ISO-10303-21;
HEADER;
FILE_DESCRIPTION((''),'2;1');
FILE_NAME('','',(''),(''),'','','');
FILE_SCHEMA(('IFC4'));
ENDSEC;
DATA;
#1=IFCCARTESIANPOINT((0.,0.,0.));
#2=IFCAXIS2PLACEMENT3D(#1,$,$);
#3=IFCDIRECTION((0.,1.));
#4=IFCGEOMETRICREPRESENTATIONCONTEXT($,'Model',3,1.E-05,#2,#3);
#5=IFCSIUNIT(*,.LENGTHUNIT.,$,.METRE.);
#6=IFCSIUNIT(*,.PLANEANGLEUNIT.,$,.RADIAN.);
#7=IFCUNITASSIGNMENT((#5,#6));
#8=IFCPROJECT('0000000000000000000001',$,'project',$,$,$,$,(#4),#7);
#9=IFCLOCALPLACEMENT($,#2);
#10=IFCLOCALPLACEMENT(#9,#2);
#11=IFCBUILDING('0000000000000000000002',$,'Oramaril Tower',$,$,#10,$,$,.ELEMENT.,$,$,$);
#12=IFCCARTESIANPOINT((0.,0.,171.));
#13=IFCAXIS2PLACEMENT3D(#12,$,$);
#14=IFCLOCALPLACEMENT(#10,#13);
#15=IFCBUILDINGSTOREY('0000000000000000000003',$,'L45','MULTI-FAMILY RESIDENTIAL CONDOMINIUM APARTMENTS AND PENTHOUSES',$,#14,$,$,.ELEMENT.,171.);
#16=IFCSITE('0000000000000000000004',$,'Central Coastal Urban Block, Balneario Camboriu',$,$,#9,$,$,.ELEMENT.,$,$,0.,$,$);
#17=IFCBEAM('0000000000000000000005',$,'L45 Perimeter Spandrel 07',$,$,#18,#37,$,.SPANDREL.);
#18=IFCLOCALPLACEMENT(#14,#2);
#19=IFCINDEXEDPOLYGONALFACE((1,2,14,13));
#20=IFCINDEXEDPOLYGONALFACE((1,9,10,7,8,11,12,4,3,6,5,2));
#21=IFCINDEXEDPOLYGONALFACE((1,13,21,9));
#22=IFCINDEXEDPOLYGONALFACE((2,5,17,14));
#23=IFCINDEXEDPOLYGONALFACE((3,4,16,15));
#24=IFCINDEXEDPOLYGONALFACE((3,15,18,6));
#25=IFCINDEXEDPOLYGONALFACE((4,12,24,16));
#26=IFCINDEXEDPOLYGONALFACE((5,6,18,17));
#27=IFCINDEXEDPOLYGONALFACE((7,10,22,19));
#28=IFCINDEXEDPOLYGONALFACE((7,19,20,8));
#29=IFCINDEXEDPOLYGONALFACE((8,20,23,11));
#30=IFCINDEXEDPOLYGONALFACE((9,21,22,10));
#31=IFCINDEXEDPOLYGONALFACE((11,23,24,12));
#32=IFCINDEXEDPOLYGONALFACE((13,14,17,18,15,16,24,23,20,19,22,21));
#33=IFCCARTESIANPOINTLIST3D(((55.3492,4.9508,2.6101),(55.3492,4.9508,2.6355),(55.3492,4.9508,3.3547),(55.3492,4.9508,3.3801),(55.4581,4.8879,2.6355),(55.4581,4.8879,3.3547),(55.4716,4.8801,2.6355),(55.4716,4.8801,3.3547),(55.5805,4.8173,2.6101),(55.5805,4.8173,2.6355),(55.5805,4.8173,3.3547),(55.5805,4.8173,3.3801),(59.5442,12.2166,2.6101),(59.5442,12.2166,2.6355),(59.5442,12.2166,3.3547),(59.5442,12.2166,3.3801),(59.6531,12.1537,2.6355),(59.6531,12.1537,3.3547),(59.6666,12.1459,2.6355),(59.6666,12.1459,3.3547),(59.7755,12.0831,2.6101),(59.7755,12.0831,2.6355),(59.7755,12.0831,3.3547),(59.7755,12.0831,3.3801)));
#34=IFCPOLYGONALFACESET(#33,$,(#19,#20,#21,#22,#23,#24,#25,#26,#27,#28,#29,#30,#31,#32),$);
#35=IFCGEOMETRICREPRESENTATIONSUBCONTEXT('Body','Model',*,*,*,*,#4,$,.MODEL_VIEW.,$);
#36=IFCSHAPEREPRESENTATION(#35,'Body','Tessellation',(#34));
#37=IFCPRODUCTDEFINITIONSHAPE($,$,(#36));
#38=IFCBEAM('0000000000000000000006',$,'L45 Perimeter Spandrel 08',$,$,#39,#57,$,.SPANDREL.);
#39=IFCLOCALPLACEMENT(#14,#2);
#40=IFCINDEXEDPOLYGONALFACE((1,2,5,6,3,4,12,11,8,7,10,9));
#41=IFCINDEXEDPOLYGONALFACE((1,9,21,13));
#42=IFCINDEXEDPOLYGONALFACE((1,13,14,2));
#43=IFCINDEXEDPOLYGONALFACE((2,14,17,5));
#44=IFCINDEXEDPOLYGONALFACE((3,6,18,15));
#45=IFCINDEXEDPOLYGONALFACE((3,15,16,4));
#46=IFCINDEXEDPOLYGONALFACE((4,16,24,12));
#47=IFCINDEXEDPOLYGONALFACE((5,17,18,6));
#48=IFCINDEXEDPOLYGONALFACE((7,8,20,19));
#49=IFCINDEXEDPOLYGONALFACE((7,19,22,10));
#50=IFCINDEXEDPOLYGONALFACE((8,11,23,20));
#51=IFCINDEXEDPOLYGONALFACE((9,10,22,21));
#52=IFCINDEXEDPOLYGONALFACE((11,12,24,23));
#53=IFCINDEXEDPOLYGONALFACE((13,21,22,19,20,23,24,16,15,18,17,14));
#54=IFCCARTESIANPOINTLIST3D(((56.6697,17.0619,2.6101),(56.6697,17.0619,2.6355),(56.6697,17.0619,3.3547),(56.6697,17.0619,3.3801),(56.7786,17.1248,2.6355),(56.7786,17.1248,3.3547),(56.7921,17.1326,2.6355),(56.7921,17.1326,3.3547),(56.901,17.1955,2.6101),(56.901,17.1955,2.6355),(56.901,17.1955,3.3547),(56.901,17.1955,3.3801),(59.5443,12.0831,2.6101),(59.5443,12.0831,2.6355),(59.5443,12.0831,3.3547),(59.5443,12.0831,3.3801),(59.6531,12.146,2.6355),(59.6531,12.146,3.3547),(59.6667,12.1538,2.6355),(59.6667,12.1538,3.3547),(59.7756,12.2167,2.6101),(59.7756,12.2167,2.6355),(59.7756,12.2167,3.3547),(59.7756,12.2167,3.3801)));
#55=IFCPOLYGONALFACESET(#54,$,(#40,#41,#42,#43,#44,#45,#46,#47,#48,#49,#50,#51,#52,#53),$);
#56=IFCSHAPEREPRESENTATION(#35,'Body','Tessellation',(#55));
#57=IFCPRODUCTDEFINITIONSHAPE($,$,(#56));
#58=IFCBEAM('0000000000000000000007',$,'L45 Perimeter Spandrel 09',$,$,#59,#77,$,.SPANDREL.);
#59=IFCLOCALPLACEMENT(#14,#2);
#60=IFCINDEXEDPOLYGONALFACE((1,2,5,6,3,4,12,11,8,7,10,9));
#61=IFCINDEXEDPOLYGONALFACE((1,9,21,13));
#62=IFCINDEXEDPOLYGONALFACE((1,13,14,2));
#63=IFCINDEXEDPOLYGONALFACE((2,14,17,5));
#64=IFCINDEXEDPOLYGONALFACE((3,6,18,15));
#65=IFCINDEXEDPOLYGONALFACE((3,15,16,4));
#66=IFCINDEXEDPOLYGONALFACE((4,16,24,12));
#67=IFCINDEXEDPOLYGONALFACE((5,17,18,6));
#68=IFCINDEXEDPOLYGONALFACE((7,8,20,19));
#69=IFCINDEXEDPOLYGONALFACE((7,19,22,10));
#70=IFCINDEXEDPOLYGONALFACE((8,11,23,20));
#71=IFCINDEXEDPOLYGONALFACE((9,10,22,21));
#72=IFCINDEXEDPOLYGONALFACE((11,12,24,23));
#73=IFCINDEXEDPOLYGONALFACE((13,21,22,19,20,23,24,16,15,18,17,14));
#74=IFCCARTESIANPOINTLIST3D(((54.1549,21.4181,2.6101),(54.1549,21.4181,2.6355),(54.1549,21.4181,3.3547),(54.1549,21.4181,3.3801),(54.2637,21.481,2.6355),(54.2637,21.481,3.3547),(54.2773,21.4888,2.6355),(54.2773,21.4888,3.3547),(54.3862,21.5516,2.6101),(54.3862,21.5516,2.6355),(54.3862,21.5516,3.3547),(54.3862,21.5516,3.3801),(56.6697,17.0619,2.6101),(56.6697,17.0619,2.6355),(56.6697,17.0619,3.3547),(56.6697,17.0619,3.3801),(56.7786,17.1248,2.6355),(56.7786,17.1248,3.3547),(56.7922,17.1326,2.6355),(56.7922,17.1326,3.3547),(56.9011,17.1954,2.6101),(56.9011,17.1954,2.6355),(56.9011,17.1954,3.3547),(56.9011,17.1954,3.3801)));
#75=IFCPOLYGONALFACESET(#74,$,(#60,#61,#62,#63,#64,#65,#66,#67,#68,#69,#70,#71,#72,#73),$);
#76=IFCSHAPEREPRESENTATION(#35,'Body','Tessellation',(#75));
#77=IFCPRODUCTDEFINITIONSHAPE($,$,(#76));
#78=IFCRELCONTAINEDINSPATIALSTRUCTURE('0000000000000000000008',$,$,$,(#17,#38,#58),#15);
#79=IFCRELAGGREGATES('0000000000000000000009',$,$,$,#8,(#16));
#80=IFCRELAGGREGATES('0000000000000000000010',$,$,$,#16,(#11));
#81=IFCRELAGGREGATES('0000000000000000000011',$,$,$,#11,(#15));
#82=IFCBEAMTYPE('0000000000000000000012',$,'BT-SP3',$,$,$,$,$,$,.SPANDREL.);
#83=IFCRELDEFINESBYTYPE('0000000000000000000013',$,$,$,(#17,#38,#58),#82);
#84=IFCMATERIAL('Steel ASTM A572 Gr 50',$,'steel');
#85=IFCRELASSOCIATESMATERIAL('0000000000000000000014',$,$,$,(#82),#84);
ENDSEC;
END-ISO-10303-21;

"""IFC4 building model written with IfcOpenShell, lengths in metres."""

from ifc_helpers import new_model, si_unit, direction, frame, origin, origin_2d, place, context, subcontext, project, spatial, i_section, extrude, material, material_profile, profile_set, type_object, element, save


model = new_model("IFC4")

# Units and contexts
model_context = context("Model", 3, precision=1e-05, world=origin(), true_north=direction((0.0, 1.0)))
body_context = subcontext(model_context, "Body", "Model", "MODEL_VIEW")
ifc_project = project(units=[si_unit("LENGTHUNIT", "METRE"), si_unit("PLANEANGLEUNIT", "RADIAN")], contexts=[model_context])

# Site, building, storey
site_placement = place(None, origin())
site = spatial("IfcSite", under=ifc_project, at=site_placement, Name="Central Coastal Urban Block, Balneario Camboriu", CompositionType="ELEMENT", RefElevation=0.0)
building_placement = place(site_placement, origin())
building = spatial("IfcBuilding", under=site, at=building_placement, Name="Oramaril Tower", CompositionType="ELEMENT")
storey_placement = place(building_placement, frame((0.0, 0.0, 171.0)))
storey = spatial("IfcBuildingStorey", under=building, at=storey_placement, Name="L45", Description="MULTI-FAMILY RESIDENTIAL CONDOMINIUM APARTMENTS AND PENTHOUSES", CompositionType="ELEMENT", Elevation=171.0)

# Beams
ifc_material_1 = material(Name="Steel ASTM A572 Gr 50", Category="steel")
ifc_material_profile_1 = material_profile(ifc_material_1, i_section(OverallWidth=0.2671, OverallDepth=0.77, WebThickness=0.0156, FlangeThickness=0.0254, at=origin_2d()), Name="W30X132")
ifc_profile_set_1 = profile_set([ifc_material_profile_1], Name="Steel ASTM A572 Gr 50")
beam_type_1 = type_object("IfcBeamType", Name="BT-SP3", PredefinedType="SPANDREL", material=ifc_profile_set_1)
beam_1_placement = place(storey_placement, frame((55.4648, 4.884, 2.9951), z_axis=(0.50001, 0.866019, 0.0), x_axis=(-0.866019, 0.50001, 0.0)))
element("IfcBeam", 1, at=beam_1_placement, inside=storey, type_object=beam_type_1, Name="L45 Perimeter Spandrel 07", PredefinedType="SPANDREL", context=body_context, shape_type="SweptSolid", body=[
    extrude(i_section(OverallWidth=0.2671, OverallDepth=0.77, WebThickness=0.0156, FlangeThickness=0.0254, at=origin_2d()), origin(), (0.0, 0.0, 1.0), 8.3899),
])
beam_2_placement = place(storey_placement, frame((59.6599, 12.1499, 2.9951), z_axis=(-0.500003, 0.866024, 0.0), x_axis=(-0.866024, -0.500003, 0.0)))
element("IfcBeam", 2, at=beam_2_placement, inside=storey, type_object=beam_type_1, Name="L45 Perimeter Spandrel 08", PredefinedType="SPANDREL", context=body_context, shape_type="SweptSolid", body=[
    extrude(i_section(OverallWidth=0.2671, OverallDepth=0.77, WebThickness=0.0156, FlangeThickness=0.0254, at=origin_2d()), origin(), (0.0, 0.0, 1.0), 5.749),
])
beam_3_placement = place(storey_placement, frame((56.7854, 17.1287, 2.9951), z_axis=(-0.499976, 0.866039, 0.0), x_axis=(-0.866039, -0.499976, 0.0)))
element("IfcBeam", 3, at=beam_3_placement, inside=storey, type_object=beam_type_1, Name="L45 Perimeter Spandrel 09", PredefinedType="SPANDREL", context=body_context, shape_type="SweptSolid", body=[
    extrude(i_section(OverallWidth=0.2671, OverallDepth=0.77, WebThickness=0.0156, FlangeThickness=0.0254, at=origin_2d()), origin(), (0.0, 0.0, 1.0), 5.03),
])

save(model, "model.ifc")
